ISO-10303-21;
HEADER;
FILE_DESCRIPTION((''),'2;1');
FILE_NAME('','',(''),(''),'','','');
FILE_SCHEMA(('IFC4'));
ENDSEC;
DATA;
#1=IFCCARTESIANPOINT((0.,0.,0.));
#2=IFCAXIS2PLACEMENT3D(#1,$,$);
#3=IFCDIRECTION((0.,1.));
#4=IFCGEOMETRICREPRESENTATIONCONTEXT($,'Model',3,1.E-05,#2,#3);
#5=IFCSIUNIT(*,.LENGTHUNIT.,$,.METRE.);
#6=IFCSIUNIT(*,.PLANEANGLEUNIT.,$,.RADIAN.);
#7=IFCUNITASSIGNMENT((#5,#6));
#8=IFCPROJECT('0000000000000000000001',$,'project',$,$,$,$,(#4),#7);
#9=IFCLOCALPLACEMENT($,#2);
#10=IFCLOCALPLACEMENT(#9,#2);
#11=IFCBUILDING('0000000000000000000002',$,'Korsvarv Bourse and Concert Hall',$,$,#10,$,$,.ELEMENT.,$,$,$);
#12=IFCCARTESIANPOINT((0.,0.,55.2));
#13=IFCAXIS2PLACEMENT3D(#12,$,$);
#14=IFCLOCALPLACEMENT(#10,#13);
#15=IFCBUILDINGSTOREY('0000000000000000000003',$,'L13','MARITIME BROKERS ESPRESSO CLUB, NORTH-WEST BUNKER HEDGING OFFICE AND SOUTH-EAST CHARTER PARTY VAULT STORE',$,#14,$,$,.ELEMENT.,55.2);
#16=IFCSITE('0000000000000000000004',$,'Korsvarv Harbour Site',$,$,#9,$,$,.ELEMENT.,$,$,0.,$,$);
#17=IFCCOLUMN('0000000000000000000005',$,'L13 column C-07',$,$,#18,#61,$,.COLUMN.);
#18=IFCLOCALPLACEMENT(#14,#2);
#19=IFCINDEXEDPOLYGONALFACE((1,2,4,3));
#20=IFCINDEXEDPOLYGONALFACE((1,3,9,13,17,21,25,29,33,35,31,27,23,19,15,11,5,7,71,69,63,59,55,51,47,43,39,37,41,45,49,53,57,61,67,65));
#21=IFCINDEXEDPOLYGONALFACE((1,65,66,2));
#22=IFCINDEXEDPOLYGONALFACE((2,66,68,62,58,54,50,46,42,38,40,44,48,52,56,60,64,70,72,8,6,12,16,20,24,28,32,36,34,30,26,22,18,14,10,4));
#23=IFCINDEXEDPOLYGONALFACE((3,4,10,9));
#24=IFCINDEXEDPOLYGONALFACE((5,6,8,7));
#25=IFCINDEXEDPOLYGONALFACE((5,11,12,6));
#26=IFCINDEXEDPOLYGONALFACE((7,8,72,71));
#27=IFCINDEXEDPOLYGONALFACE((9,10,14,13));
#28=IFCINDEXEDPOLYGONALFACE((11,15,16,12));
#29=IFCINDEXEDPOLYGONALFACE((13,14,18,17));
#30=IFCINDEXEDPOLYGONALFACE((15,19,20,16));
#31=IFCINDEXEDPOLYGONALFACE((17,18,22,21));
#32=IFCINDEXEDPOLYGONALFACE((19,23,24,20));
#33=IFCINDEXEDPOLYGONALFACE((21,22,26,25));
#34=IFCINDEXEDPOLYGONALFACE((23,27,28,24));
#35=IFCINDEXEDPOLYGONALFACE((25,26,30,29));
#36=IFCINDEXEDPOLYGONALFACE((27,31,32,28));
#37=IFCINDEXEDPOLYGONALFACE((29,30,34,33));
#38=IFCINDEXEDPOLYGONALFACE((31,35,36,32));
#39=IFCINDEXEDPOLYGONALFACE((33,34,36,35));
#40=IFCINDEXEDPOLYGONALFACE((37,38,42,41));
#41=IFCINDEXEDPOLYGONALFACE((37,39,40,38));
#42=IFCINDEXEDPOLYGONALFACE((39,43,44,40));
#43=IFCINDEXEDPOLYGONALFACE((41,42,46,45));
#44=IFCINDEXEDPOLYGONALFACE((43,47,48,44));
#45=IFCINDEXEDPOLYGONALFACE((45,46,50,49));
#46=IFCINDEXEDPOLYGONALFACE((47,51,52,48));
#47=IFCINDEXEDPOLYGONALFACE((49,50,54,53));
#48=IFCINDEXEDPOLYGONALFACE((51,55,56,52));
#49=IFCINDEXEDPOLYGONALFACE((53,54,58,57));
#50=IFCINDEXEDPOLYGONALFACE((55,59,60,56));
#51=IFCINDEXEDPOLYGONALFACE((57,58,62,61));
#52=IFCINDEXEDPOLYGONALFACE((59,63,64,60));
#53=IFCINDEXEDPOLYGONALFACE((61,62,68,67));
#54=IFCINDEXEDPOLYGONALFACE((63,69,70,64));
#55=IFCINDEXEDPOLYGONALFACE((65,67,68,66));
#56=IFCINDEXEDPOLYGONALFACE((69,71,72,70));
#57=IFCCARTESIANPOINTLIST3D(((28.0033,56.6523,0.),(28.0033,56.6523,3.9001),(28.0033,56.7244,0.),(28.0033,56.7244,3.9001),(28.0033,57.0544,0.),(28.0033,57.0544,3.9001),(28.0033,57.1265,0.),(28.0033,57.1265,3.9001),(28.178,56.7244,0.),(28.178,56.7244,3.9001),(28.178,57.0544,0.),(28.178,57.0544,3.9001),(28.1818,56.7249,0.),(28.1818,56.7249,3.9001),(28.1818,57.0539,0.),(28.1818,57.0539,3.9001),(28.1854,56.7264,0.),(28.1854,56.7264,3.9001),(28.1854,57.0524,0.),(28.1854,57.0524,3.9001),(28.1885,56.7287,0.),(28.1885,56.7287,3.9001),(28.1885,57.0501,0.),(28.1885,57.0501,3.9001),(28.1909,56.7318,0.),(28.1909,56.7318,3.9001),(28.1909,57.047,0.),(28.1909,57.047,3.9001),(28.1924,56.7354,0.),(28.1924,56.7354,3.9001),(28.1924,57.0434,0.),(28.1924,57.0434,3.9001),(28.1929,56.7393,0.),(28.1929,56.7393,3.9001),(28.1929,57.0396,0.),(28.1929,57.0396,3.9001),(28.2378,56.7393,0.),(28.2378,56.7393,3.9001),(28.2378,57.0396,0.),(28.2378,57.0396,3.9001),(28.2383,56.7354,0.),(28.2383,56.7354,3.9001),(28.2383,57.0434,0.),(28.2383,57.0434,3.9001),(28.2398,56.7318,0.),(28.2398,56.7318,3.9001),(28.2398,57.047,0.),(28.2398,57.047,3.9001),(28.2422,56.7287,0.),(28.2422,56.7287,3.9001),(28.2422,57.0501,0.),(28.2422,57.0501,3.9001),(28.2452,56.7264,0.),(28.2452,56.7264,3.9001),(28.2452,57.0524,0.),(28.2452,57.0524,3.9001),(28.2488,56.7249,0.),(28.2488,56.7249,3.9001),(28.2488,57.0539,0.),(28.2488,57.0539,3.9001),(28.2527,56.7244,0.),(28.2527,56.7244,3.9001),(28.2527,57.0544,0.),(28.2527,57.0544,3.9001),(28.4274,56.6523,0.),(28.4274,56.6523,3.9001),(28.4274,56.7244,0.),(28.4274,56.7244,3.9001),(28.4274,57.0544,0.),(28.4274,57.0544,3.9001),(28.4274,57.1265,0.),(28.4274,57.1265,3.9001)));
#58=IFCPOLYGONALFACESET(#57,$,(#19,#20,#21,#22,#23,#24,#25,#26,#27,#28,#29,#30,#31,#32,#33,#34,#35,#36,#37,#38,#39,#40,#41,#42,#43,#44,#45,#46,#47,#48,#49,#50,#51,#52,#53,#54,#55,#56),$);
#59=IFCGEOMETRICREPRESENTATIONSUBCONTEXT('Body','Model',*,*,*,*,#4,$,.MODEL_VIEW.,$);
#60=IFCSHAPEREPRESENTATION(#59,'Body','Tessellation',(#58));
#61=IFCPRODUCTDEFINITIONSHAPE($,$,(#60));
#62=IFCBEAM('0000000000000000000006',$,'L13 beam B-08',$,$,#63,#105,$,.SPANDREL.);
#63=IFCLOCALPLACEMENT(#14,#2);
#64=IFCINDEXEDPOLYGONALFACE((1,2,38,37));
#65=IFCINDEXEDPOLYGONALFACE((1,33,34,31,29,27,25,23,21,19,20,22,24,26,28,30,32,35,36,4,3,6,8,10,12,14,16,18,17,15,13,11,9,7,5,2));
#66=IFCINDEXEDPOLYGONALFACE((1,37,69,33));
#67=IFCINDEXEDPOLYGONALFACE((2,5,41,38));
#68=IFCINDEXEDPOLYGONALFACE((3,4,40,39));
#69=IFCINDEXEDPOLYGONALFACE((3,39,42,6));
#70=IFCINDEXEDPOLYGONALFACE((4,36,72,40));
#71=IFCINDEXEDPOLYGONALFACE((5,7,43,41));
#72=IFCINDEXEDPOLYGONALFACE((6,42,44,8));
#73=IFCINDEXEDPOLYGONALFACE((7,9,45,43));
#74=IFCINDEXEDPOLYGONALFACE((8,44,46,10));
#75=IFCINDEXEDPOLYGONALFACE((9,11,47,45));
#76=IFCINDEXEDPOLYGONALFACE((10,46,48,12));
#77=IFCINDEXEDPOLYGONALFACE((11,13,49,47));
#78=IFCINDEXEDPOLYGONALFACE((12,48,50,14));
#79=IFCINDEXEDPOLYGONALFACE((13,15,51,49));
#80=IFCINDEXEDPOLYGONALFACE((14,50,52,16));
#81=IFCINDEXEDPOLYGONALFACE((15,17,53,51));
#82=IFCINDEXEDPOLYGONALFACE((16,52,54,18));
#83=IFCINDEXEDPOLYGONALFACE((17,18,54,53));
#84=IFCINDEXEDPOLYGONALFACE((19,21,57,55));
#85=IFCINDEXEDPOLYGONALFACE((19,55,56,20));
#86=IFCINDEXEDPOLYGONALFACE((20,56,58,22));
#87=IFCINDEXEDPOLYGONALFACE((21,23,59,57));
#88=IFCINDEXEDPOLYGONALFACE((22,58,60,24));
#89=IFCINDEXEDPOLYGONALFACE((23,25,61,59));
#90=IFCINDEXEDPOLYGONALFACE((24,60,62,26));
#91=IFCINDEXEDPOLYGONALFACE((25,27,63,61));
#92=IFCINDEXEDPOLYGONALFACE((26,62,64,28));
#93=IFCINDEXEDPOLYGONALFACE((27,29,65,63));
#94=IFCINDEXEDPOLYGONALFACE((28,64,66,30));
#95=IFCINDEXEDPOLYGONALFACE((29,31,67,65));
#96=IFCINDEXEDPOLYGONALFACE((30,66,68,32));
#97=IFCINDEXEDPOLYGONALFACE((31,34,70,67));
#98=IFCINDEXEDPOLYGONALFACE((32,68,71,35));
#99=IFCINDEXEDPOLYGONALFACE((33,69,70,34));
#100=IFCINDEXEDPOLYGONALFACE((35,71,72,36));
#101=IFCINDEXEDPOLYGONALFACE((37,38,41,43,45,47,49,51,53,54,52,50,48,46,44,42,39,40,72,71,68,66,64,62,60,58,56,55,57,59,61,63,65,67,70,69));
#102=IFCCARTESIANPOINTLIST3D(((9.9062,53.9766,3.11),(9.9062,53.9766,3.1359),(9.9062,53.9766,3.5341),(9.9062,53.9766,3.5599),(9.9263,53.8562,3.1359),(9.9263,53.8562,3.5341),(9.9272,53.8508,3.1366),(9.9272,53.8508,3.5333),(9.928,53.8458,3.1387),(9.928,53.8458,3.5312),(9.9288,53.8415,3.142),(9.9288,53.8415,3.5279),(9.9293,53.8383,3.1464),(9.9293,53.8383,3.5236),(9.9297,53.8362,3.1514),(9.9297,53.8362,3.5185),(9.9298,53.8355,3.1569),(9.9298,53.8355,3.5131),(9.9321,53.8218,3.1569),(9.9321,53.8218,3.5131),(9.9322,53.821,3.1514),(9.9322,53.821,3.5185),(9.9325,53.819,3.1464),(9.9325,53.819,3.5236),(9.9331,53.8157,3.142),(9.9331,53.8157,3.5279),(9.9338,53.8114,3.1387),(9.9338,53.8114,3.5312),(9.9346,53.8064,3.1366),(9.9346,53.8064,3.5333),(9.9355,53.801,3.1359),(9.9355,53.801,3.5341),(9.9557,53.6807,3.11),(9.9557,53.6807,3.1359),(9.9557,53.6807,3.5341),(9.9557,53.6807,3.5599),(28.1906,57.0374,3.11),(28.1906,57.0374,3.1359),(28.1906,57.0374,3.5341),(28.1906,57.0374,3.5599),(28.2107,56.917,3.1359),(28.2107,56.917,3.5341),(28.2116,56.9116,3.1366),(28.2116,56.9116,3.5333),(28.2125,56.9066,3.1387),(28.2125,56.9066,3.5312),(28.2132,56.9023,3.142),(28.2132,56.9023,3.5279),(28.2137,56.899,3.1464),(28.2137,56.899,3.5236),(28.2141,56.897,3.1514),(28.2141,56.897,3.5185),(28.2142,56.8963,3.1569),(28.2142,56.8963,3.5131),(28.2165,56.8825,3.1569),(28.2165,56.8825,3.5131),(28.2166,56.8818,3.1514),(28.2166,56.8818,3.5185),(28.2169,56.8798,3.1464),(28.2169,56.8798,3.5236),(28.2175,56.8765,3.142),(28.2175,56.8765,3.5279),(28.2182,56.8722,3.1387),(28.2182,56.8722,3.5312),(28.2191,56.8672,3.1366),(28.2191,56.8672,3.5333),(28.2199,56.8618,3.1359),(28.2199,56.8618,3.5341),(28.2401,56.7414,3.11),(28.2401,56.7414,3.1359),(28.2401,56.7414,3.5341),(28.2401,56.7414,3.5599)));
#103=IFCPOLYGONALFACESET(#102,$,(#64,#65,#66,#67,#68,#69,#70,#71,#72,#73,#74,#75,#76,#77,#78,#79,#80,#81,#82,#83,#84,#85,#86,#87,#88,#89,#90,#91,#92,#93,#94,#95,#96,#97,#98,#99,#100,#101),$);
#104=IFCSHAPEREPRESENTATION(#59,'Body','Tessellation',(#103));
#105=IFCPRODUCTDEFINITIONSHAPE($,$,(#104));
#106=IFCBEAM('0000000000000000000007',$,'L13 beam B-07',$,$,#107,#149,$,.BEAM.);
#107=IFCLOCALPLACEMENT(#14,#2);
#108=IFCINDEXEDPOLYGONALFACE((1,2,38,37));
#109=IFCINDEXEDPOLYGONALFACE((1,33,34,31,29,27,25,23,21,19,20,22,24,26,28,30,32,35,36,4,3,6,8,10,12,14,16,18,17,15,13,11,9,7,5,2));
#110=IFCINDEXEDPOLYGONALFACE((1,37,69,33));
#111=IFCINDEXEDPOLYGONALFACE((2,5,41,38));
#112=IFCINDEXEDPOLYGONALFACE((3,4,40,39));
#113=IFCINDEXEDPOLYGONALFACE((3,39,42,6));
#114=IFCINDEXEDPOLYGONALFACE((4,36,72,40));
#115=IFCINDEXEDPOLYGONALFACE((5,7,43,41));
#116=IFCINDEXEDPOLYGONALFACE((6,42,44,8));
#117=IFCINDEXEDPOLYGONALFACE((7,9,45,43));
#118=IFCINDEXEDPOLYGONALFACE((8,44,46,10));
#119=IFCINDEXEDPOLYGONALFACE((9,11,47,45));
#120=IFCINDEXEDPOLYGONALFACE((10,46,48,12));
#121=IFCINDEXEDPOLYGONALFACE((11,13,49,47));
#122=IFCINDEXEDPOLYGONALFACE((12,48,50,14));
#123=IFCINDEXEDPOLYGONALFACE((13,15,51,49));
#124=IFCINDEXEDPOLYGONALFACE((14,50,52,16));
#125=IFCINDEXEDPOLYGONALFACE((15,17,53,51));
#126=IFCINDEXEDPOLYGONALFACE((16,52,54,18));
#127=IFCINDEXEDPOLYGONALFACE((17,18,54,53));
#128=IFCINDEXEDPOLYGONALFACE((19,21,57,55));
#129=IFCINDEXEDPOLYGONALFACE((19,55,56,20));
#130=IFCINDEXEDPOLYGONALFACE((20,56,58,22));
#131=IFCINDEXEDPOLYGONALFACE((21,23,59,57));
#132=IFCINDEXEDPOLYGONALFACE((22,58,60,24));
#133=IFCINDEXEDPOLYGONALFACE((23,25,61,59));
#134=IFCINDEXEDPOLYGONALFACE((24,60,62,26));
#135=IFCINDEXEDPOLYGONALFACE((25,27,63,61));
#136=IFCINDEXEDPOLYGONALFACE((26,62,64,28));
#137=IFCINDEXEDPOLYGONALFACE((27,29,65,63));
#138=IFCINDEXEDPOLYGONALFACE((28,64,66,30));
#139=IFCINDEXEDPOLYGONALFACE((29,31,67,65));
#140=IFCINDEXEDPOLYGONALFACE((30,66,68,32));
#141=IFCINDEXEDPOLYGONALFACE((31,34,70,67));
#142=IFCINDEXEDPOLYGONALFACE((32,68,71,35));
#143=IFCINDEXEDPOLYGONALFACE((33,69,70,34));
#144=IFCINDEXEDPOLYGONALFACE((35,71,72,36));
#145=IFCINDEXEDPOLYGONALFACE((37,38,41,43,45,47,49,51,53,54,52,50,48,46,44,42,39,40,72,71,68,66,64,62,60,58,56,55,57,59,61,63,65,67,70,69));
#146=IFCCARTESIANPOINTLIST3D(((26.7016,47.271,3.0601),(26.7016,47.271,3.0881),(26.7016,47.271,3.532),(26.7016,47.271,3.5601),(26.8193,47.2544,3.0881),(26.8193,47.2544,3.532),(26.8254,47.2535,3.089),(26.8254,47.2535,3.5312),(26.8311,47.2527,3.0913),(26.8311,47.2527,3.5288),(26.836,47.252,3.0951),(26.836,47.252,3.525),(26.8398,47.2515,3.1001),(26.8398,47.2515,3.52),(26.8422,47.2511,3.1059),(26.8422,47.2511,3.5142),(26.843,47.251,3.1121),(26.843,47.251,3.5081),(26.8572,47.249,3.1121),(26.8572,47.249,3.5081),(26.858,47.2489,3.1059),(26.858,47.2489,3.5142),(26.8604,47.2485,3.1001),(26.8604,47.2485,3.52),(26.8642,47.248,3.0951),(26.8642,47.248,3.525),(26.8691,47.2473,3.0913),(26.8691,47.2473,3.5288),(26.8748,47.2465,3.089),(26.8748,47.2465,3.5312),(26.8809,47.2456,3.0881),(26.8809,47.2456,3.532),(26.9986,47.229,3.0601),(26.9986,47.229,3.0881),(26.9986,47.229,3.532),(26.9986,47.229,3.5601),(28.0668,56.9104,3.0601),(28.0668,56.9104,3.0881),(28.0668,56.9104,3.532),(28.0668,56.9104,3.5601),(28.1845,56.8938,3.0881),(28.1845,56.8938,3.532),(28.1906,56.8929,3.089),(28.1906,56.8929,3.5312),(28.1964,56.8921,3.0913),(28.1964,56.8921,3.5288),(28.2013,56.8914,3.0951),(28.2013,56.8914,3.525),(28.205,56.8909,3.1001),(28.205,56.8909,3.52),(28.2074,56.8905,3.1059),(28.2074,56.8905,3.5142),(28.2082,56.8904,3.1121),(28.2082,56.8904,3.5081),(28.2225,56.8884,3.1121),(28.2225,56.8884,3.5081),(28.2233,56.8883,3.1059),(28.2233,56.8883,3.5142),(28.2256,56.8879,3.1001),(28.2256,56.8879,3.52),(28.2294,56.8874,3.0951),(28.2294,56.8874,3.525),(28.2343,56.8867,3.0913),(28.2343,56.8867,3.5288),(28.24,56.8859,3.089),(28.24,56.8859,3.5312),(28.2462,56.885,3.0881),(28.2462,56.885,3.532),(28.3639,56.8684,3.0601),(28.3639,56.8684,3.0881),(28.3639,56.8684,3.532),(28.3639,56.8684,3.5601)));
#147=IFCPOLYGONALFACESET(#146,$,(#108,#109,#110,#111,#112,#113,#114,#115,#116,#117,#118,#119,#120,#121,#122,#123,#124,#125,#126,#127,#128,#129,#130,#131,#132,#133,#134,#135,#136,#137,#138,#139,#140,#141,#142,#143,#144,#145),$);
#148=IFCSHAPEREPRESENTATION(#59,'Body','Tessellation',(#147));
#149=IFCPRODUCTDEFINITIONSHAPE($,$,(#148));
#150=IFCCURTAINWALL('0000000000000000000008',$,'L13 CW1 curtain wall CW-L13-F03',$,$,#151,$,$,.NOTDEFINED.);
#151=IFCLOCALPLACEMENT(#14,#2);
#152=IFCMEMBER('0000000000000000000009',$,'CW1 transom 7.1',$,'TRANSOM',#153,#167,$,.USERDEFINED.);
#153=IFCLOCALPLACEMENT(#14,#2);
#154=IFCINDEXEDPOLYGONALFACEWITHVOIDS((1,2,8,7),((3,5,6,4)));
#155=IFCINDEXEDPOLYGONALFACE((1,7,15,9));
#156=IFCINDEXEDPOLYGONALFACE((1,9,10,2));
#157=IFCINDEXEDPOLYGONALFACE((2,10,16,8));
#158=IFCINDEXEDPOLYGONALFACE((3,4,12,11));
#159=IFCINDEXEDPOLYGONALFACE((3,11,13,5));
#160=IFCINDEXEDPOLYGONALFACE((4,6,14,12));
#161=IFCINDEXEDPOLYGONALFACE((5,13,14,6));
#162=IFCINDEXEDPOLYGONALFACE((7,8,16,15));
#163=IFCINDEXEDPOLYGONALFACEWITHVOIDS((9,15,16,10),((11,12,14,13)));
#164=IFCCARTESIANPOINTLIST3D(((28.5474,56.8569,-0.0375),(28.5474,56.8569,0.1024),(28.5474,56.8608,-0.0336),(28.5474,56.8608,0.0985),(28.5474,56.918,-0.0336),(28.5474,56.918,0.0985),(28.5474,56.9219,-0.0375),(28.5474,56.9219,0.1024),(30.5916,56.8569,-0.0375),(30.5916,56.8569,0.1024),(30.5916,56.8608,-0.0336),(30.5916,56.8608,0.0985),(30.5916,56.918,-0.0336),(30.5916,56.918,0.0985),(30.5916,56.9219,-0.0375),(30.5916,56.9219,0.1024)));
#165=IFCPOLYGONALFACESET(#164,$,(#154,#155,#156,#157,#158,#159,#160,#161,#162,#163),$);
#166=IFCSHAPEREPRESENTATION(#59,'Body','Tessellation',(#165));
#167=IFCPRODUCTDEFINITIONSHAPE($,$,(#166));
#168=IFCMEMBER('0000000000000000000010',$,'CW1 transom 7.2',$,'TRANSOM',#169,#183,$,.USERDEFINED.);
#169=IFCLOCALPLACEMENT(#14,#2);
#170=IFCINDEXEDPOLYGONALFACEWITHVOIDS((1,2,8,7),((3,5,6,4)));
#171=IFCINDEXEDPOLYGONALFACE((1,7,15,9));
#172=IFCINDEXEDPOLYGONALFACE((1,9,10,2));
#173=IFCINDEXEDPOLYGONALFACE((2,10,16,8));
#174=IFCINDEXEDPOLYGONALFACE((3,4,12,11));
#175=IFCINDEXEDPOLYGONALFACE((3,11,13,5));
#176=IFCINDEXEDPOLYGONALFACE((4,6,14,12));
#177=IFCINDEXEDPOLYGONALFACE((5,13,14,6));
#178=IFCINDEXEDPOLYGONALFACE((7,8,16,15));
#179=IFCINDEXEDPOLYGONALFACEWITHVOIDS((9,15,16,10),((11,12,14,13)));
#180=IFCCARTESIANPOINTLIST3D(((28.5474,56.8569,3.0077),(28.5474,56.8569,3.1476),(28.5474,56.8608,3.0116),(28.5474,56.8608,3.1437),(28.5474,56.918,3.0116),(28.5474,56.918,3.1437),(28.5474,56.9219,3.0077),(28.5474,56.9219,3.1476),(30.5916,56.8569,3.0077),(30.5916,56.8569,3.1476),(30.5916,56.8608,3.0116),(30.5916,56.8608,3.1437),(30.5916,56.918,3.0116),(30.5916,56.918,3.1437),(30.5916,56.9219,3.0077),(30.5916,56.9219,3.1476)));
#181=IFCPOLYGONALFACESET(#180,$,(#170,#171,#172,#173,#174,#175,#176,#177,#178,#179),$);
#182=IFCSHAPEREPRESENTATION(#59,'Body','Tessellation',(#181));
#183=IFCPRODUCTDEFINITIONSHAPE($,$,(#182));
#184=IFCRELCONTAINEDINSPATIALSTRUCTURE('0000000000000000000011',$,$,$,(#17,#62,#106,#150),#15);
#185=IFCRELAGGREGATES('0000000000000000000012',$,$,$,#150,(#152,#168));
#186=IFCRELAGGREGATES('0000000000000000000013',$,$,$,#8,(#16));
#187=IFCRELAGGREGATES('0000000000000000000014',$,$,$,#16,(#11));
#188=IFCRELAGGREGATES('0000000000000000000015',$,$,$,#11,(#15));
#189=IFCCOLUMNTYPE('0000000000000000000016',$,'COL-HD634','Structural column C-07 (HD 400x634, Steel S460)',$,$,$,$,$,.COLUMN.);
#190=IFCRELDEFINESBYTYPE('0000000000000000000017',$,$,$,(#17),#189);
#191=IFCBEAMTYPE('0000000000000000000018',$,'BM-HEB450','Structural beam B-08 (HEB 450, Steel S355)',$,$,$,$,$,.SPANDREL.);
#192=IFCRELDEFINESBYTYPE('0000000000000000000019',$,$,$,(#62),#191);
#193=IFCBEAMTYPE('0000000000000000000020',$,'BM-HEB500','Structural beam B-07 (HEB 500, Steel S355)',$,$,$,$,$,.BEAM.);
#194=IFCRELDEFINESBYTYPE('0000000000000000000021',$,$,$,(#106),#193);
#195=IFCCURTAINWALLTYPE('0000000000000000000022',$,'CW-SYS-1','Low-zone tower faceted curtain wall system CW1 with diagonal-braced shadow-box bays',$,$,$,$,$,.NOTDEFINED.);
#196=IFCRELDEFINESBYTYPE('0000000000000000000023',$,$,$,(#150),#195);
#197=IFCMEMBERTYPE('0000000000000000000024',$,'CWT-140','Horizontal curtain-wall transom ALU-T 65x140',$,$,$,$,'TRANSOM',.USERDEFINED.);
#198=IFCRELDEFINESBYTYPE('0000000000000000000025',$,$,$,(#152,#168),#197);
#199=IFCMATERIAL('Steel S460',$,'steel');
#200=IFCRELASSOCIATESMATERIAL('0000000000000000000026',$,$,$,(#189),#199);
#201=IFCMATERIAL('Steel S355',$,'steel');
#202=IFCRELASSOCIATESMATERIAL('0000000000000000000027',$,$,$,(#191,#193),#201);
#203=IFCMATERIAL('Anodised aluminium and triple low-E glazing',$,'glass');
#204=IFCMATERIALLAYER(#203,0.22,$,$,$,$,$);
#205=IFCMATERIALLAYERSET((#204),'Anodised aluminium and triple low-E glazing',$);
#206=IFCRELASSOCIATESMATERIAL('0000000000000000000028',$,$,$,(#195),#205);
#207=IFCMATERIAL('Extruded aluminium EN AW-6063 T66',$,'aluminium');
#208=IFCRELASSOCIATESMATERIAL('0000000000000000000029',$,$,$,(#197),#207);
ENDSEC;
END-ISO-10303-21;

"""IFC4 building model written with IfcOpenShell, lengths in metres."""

from ifc_helpers import new_model, si_unit, direction, frame, origin, origin_2d, place, context, subcontext, project, spatial, hollow_rectangle, i_section, extrude, source, transform, mapped, material, layer, layer_set, material_profile, profile_set, type_object, element, aggregate, save


model = new_model("IFC4")

# Units and contexts
model_context = context("Model", 3, precision=1e-05, world=origin(), true_north=direction((0.0, 1.0)))
body_context = subcontext(model_context, "Body", "Model", "MODEL_VIEW")
ifc_project = project(units=[si_unit("LENGTHUNIT", "METRE"), si_unit("PLANEANGLEUNIT", "RADIAN")], contexts=[model_context])

# Site, building, storey
site_placement = place(None, origin())
site = spatial("IfcSite", under=ifc_project, at=site_placement, Name="Korsvarv Harbour Site", CompositionType="ELEMENT", RefElevation=0.0)
building_placement = place(site_placement, origin())
building = spatial("IfcBuilding", under=site, at=building_placement, Name="Korsvarv Bourse and Concert Hall", CompositionType="ELEMENT")
storey_placement = place(building_placement, frame((0.0, 0.0, 55.2)))
storey = spatial("IfcBuildingStorey", under=building, at=storey_placement, Name="L13", Description="MARITIME BROKERS ESPRESSO CLUB, NORTH-WEST BUNKER HEDGING OFFICE AND SOUTH-EAST CHARTER PARTY VAULT STORE", CompositionType="ELEMENT", Elevation=55.2)

# Column
ifc_material_1 = material(Name="Steel S460", Category="steel")
ifc_material_profile_1 = material_profile(ifc_material_1, i_section(OverallWidth=0.4241, OverallDepth=0.4741, WebThickness=0.0449, FlangeThickness=0.072, FilletRadius=0.0149, at=origin_2d()), Name="HD 400x634")
ifc_profile_set_1 = profile_set([ifc_material_profile_1], Name="Steel S460")
column_type = type_object("IfcColumnType", Name="COL-HD634", Description="Structural column C-07 (HD 400x634, Steel S460)", PredefinedType="COLUMN", material=ifc_profile_set_1)
shared_shape_1 = source(origin(), body_context, "Body", "SweptSolid", [
    extrude(i_section(OverallWidth=0.4241, OverallDepth=0.4741, WebThickness=0.0449, FlangeThickness=0.072, FilletRadius=0.0149, at=origin_2d()), origin(), (0.0, 0.0, 1.0), 3.9001),
])
column_placement = place(storey_placement, frame((28.2153, 56.8894, 0.0), z_axis=(0.0, 0.0, 1.0), x_axis=(1.0, 0.0, 0.0)))
element("IfcColumn", 1, at=column_placement, inside=storey, type_object=column_type, Name="L13 column C-07", PredefinedType="COLUMN", context=body_context, shape_type="MappedRepresentation", body=[
    mapped(shared_shape_1, transform((0.0, 0.0, 0.0), scale=1.0)),
])

# Beams
ifc_material_2 = material(Name="Steel S355", Category="steel")
ifc_material_profile_2 = material_profile(ifc_material_2, i_section(OverallWidth=0.3, OverallDepth=0.45, WebThickness=0.0139, FlangeThickness=0.0259, FilletRadius=0.021, at=origin_2d()), Name="HEB 450")
ifc_profile_set_2 = profile_set([ifc_material_profile_2], Name="Steel S355")
beam_type_1 = type_object("IfcBeamType", Name="BM-HEB450", Description="Structural beam B-08 (HEB 450, Steel S355)", PredefinedType="SPANDREL", material=ifc_profile_set_2)
shared_shape_2 = source(origin(), body_context, "Body", "SweptSolid", [
    extrude(i_section(OverallWidth=0.3, OverallDepth=0.45, WebThickness=0.0139, FlangeThickness=0.0259, FilletRadius=0.021, at=origin_2d()), origin(), (0.0, 0.0, 1.0), 18.5388),
])
beam_1_placement = place(storey_placement, frame((28.2153, 56.8894, 3.335), z_axis=(-0.986277, -0.165102, 0.0), x_axis=(0.165102, -0.986277, 0.0)))
element("IfcBeam", 2, at=beam_1_placement, inside=storey, type_object=beam_type_1, Name="L13 beam B-08", PredefinedType="SPANDREL", context=body_context, shape_type="MappedRepresentation", body=[
    mapped(shared_shape_2, transform((0.0, 0.0, 0.0), scale=1.0)),
])
ifc_material_profile_3 = material_profile(ifc_material_2, i_section(OverallWidth=0.3, OverallDepth=0.5, WebThickness=0.0144, FlangeThickness=0.0281, FilletRadius=0.0239, at=origin_2d()), Name="HEB 500")
ifc_profile_set_3 = profile_set([ifc_material_profile_3], Name="Steel S355")
beam_type_2 = type_object("IfcBeamType", Name="BM-HEB500", Description="Structural beam B-07 (HEB 500, Steel S355)", PredefinedType="BEAM", material=ifc_profile_set_3)
shared_shape_3 = source(origin(), body_context, "Body", "SweptSolid", [
    extrude(i_section(OverallWidth=0.3, OverallDepth=0.5, WebThickness=0.0144, FlangeThickness=0.0281, FilletRadius=0.0239, at=origin_2d()), origin(), (0.0, 0.0, 1.0), 9.7356),
])
beam_2_placement = place(storey_placement, frame((28.2153, 56.8894, 3.3101), z_axis=(-0.140231, -0.990119, 0.0), x_axis=(0.990119, -0.140231, 0.0)))
element("IfcBeam", 3, at=beam_2_placement, inside=storey, type_object=beam_type_2, Name="L13 beam B-07", PredefinedType="BEAM", context=body_context, shape_type="MappedRepresentation", body=[
    mapped(shared_shape_3, transform((0.0, 0.0, 0.0), scale=1.0)),
])

# Curtain wall, members
ifc_material_3 = material(Name="Anodised aluminium and triple low-E glazing", Category="glass")
ifc_layer_1 = layer(ifc_material_3, 0.22)
ifc_layer_set_1 = layer_set([ifc_layer_1], Name="Anodised aluminium and triple low-E glazing")
curtain_wall_type = type_object("IfcCurtainWallType", Name="CW-SYS-1", Description="Low-zone tower faceted curtain wall system CW1 with diagonal-braced shadow-box bays", PredefinedType="NOTDEFINED", material=ifc_layer_set_1)
curtain_wall_placement = place(storey_placement, origin())
curtain_wall = element("IfcCurtainWall", 4, at=curtain_wall_placement, inside=storey, type_object=curtain_wall_type, Name="L13 CW1 curtain wall CW-L13-F03", PredefinedType="NOTDEFINED")
ifc_material_4 = material(Name="Extruded aluminium EN AW-6063 T66", Category="aluminium")
ifc_material_profile_4 = material_profile(ifc_material_4, hollow_rectangle(XDim=0.0649, YDim=0.1399, WallThickness=0.0039, at=origin_2d()), Name="ALU-T 65x140")
ifc_profile_set_4 = profile_set([ifc_material_profile_4], Name="Extruded aluminium EN AW-6063 T66")
member_type_1 = type_object("IfcMemberType", Name="CWT-140", Description="Horizontal curtain-wall transom ALU-T 65x140", ElementType="TRANSOM", PredefinedType="USERDEFINED", material=ifc_profile_set_4)
shared_shape_4 = source(origin(), body_context, "Body", "SweptSolid", [
    extrude(hollow_rectangle(XDim=0.0649, YDim=0.1399, WallThickness=0.0039, at=origin_2d()), origin(), (0.0, 0.0, 1.0), 2.0442),
])
member_1_placement = place(storey_placement, frame((30.5916, 56.8894, 0.0325), z_axis=(-1.0, 0.0, 0.0), x_axis=(0.0, -1.0, 0.0)))
member_1 = element("IfcMember", 5, at=member_1_placement, type_object=member_type_1, Name="CW1 transom 7.1", ObjectType="TRANSOM", PredefinedType="USERDEFINED", context=body_context, shape_type="MappedRepresentation", body=[
    mapped(shared_shape_4, transform((0.0, 0.0, 0.0), scale=1.0)),
])
member_2_placement = place(storey_placement, frame((30.5916, 56.8894, 3.0776), z_axis=(-1.0, 0.0, 0.0), x_axis=(0.0, -1.0, 0.0)))
member_2 = element("IfcMember", 6, at=member_2_placement, type_object=member_type_1, Name="CW1 transom 7.2", ObjectType="TRANSOM", PredefinedType="USERDEFINED", context=body_context, shape_type="MappedRepresentation", body=[
    mapped(shared_shape_4, transform((0.0, 0.0, 0.0), scale=1.0)),
])
aggregate(curtain_wall, [member_1, member_2])

save(model, "model.ifc")
